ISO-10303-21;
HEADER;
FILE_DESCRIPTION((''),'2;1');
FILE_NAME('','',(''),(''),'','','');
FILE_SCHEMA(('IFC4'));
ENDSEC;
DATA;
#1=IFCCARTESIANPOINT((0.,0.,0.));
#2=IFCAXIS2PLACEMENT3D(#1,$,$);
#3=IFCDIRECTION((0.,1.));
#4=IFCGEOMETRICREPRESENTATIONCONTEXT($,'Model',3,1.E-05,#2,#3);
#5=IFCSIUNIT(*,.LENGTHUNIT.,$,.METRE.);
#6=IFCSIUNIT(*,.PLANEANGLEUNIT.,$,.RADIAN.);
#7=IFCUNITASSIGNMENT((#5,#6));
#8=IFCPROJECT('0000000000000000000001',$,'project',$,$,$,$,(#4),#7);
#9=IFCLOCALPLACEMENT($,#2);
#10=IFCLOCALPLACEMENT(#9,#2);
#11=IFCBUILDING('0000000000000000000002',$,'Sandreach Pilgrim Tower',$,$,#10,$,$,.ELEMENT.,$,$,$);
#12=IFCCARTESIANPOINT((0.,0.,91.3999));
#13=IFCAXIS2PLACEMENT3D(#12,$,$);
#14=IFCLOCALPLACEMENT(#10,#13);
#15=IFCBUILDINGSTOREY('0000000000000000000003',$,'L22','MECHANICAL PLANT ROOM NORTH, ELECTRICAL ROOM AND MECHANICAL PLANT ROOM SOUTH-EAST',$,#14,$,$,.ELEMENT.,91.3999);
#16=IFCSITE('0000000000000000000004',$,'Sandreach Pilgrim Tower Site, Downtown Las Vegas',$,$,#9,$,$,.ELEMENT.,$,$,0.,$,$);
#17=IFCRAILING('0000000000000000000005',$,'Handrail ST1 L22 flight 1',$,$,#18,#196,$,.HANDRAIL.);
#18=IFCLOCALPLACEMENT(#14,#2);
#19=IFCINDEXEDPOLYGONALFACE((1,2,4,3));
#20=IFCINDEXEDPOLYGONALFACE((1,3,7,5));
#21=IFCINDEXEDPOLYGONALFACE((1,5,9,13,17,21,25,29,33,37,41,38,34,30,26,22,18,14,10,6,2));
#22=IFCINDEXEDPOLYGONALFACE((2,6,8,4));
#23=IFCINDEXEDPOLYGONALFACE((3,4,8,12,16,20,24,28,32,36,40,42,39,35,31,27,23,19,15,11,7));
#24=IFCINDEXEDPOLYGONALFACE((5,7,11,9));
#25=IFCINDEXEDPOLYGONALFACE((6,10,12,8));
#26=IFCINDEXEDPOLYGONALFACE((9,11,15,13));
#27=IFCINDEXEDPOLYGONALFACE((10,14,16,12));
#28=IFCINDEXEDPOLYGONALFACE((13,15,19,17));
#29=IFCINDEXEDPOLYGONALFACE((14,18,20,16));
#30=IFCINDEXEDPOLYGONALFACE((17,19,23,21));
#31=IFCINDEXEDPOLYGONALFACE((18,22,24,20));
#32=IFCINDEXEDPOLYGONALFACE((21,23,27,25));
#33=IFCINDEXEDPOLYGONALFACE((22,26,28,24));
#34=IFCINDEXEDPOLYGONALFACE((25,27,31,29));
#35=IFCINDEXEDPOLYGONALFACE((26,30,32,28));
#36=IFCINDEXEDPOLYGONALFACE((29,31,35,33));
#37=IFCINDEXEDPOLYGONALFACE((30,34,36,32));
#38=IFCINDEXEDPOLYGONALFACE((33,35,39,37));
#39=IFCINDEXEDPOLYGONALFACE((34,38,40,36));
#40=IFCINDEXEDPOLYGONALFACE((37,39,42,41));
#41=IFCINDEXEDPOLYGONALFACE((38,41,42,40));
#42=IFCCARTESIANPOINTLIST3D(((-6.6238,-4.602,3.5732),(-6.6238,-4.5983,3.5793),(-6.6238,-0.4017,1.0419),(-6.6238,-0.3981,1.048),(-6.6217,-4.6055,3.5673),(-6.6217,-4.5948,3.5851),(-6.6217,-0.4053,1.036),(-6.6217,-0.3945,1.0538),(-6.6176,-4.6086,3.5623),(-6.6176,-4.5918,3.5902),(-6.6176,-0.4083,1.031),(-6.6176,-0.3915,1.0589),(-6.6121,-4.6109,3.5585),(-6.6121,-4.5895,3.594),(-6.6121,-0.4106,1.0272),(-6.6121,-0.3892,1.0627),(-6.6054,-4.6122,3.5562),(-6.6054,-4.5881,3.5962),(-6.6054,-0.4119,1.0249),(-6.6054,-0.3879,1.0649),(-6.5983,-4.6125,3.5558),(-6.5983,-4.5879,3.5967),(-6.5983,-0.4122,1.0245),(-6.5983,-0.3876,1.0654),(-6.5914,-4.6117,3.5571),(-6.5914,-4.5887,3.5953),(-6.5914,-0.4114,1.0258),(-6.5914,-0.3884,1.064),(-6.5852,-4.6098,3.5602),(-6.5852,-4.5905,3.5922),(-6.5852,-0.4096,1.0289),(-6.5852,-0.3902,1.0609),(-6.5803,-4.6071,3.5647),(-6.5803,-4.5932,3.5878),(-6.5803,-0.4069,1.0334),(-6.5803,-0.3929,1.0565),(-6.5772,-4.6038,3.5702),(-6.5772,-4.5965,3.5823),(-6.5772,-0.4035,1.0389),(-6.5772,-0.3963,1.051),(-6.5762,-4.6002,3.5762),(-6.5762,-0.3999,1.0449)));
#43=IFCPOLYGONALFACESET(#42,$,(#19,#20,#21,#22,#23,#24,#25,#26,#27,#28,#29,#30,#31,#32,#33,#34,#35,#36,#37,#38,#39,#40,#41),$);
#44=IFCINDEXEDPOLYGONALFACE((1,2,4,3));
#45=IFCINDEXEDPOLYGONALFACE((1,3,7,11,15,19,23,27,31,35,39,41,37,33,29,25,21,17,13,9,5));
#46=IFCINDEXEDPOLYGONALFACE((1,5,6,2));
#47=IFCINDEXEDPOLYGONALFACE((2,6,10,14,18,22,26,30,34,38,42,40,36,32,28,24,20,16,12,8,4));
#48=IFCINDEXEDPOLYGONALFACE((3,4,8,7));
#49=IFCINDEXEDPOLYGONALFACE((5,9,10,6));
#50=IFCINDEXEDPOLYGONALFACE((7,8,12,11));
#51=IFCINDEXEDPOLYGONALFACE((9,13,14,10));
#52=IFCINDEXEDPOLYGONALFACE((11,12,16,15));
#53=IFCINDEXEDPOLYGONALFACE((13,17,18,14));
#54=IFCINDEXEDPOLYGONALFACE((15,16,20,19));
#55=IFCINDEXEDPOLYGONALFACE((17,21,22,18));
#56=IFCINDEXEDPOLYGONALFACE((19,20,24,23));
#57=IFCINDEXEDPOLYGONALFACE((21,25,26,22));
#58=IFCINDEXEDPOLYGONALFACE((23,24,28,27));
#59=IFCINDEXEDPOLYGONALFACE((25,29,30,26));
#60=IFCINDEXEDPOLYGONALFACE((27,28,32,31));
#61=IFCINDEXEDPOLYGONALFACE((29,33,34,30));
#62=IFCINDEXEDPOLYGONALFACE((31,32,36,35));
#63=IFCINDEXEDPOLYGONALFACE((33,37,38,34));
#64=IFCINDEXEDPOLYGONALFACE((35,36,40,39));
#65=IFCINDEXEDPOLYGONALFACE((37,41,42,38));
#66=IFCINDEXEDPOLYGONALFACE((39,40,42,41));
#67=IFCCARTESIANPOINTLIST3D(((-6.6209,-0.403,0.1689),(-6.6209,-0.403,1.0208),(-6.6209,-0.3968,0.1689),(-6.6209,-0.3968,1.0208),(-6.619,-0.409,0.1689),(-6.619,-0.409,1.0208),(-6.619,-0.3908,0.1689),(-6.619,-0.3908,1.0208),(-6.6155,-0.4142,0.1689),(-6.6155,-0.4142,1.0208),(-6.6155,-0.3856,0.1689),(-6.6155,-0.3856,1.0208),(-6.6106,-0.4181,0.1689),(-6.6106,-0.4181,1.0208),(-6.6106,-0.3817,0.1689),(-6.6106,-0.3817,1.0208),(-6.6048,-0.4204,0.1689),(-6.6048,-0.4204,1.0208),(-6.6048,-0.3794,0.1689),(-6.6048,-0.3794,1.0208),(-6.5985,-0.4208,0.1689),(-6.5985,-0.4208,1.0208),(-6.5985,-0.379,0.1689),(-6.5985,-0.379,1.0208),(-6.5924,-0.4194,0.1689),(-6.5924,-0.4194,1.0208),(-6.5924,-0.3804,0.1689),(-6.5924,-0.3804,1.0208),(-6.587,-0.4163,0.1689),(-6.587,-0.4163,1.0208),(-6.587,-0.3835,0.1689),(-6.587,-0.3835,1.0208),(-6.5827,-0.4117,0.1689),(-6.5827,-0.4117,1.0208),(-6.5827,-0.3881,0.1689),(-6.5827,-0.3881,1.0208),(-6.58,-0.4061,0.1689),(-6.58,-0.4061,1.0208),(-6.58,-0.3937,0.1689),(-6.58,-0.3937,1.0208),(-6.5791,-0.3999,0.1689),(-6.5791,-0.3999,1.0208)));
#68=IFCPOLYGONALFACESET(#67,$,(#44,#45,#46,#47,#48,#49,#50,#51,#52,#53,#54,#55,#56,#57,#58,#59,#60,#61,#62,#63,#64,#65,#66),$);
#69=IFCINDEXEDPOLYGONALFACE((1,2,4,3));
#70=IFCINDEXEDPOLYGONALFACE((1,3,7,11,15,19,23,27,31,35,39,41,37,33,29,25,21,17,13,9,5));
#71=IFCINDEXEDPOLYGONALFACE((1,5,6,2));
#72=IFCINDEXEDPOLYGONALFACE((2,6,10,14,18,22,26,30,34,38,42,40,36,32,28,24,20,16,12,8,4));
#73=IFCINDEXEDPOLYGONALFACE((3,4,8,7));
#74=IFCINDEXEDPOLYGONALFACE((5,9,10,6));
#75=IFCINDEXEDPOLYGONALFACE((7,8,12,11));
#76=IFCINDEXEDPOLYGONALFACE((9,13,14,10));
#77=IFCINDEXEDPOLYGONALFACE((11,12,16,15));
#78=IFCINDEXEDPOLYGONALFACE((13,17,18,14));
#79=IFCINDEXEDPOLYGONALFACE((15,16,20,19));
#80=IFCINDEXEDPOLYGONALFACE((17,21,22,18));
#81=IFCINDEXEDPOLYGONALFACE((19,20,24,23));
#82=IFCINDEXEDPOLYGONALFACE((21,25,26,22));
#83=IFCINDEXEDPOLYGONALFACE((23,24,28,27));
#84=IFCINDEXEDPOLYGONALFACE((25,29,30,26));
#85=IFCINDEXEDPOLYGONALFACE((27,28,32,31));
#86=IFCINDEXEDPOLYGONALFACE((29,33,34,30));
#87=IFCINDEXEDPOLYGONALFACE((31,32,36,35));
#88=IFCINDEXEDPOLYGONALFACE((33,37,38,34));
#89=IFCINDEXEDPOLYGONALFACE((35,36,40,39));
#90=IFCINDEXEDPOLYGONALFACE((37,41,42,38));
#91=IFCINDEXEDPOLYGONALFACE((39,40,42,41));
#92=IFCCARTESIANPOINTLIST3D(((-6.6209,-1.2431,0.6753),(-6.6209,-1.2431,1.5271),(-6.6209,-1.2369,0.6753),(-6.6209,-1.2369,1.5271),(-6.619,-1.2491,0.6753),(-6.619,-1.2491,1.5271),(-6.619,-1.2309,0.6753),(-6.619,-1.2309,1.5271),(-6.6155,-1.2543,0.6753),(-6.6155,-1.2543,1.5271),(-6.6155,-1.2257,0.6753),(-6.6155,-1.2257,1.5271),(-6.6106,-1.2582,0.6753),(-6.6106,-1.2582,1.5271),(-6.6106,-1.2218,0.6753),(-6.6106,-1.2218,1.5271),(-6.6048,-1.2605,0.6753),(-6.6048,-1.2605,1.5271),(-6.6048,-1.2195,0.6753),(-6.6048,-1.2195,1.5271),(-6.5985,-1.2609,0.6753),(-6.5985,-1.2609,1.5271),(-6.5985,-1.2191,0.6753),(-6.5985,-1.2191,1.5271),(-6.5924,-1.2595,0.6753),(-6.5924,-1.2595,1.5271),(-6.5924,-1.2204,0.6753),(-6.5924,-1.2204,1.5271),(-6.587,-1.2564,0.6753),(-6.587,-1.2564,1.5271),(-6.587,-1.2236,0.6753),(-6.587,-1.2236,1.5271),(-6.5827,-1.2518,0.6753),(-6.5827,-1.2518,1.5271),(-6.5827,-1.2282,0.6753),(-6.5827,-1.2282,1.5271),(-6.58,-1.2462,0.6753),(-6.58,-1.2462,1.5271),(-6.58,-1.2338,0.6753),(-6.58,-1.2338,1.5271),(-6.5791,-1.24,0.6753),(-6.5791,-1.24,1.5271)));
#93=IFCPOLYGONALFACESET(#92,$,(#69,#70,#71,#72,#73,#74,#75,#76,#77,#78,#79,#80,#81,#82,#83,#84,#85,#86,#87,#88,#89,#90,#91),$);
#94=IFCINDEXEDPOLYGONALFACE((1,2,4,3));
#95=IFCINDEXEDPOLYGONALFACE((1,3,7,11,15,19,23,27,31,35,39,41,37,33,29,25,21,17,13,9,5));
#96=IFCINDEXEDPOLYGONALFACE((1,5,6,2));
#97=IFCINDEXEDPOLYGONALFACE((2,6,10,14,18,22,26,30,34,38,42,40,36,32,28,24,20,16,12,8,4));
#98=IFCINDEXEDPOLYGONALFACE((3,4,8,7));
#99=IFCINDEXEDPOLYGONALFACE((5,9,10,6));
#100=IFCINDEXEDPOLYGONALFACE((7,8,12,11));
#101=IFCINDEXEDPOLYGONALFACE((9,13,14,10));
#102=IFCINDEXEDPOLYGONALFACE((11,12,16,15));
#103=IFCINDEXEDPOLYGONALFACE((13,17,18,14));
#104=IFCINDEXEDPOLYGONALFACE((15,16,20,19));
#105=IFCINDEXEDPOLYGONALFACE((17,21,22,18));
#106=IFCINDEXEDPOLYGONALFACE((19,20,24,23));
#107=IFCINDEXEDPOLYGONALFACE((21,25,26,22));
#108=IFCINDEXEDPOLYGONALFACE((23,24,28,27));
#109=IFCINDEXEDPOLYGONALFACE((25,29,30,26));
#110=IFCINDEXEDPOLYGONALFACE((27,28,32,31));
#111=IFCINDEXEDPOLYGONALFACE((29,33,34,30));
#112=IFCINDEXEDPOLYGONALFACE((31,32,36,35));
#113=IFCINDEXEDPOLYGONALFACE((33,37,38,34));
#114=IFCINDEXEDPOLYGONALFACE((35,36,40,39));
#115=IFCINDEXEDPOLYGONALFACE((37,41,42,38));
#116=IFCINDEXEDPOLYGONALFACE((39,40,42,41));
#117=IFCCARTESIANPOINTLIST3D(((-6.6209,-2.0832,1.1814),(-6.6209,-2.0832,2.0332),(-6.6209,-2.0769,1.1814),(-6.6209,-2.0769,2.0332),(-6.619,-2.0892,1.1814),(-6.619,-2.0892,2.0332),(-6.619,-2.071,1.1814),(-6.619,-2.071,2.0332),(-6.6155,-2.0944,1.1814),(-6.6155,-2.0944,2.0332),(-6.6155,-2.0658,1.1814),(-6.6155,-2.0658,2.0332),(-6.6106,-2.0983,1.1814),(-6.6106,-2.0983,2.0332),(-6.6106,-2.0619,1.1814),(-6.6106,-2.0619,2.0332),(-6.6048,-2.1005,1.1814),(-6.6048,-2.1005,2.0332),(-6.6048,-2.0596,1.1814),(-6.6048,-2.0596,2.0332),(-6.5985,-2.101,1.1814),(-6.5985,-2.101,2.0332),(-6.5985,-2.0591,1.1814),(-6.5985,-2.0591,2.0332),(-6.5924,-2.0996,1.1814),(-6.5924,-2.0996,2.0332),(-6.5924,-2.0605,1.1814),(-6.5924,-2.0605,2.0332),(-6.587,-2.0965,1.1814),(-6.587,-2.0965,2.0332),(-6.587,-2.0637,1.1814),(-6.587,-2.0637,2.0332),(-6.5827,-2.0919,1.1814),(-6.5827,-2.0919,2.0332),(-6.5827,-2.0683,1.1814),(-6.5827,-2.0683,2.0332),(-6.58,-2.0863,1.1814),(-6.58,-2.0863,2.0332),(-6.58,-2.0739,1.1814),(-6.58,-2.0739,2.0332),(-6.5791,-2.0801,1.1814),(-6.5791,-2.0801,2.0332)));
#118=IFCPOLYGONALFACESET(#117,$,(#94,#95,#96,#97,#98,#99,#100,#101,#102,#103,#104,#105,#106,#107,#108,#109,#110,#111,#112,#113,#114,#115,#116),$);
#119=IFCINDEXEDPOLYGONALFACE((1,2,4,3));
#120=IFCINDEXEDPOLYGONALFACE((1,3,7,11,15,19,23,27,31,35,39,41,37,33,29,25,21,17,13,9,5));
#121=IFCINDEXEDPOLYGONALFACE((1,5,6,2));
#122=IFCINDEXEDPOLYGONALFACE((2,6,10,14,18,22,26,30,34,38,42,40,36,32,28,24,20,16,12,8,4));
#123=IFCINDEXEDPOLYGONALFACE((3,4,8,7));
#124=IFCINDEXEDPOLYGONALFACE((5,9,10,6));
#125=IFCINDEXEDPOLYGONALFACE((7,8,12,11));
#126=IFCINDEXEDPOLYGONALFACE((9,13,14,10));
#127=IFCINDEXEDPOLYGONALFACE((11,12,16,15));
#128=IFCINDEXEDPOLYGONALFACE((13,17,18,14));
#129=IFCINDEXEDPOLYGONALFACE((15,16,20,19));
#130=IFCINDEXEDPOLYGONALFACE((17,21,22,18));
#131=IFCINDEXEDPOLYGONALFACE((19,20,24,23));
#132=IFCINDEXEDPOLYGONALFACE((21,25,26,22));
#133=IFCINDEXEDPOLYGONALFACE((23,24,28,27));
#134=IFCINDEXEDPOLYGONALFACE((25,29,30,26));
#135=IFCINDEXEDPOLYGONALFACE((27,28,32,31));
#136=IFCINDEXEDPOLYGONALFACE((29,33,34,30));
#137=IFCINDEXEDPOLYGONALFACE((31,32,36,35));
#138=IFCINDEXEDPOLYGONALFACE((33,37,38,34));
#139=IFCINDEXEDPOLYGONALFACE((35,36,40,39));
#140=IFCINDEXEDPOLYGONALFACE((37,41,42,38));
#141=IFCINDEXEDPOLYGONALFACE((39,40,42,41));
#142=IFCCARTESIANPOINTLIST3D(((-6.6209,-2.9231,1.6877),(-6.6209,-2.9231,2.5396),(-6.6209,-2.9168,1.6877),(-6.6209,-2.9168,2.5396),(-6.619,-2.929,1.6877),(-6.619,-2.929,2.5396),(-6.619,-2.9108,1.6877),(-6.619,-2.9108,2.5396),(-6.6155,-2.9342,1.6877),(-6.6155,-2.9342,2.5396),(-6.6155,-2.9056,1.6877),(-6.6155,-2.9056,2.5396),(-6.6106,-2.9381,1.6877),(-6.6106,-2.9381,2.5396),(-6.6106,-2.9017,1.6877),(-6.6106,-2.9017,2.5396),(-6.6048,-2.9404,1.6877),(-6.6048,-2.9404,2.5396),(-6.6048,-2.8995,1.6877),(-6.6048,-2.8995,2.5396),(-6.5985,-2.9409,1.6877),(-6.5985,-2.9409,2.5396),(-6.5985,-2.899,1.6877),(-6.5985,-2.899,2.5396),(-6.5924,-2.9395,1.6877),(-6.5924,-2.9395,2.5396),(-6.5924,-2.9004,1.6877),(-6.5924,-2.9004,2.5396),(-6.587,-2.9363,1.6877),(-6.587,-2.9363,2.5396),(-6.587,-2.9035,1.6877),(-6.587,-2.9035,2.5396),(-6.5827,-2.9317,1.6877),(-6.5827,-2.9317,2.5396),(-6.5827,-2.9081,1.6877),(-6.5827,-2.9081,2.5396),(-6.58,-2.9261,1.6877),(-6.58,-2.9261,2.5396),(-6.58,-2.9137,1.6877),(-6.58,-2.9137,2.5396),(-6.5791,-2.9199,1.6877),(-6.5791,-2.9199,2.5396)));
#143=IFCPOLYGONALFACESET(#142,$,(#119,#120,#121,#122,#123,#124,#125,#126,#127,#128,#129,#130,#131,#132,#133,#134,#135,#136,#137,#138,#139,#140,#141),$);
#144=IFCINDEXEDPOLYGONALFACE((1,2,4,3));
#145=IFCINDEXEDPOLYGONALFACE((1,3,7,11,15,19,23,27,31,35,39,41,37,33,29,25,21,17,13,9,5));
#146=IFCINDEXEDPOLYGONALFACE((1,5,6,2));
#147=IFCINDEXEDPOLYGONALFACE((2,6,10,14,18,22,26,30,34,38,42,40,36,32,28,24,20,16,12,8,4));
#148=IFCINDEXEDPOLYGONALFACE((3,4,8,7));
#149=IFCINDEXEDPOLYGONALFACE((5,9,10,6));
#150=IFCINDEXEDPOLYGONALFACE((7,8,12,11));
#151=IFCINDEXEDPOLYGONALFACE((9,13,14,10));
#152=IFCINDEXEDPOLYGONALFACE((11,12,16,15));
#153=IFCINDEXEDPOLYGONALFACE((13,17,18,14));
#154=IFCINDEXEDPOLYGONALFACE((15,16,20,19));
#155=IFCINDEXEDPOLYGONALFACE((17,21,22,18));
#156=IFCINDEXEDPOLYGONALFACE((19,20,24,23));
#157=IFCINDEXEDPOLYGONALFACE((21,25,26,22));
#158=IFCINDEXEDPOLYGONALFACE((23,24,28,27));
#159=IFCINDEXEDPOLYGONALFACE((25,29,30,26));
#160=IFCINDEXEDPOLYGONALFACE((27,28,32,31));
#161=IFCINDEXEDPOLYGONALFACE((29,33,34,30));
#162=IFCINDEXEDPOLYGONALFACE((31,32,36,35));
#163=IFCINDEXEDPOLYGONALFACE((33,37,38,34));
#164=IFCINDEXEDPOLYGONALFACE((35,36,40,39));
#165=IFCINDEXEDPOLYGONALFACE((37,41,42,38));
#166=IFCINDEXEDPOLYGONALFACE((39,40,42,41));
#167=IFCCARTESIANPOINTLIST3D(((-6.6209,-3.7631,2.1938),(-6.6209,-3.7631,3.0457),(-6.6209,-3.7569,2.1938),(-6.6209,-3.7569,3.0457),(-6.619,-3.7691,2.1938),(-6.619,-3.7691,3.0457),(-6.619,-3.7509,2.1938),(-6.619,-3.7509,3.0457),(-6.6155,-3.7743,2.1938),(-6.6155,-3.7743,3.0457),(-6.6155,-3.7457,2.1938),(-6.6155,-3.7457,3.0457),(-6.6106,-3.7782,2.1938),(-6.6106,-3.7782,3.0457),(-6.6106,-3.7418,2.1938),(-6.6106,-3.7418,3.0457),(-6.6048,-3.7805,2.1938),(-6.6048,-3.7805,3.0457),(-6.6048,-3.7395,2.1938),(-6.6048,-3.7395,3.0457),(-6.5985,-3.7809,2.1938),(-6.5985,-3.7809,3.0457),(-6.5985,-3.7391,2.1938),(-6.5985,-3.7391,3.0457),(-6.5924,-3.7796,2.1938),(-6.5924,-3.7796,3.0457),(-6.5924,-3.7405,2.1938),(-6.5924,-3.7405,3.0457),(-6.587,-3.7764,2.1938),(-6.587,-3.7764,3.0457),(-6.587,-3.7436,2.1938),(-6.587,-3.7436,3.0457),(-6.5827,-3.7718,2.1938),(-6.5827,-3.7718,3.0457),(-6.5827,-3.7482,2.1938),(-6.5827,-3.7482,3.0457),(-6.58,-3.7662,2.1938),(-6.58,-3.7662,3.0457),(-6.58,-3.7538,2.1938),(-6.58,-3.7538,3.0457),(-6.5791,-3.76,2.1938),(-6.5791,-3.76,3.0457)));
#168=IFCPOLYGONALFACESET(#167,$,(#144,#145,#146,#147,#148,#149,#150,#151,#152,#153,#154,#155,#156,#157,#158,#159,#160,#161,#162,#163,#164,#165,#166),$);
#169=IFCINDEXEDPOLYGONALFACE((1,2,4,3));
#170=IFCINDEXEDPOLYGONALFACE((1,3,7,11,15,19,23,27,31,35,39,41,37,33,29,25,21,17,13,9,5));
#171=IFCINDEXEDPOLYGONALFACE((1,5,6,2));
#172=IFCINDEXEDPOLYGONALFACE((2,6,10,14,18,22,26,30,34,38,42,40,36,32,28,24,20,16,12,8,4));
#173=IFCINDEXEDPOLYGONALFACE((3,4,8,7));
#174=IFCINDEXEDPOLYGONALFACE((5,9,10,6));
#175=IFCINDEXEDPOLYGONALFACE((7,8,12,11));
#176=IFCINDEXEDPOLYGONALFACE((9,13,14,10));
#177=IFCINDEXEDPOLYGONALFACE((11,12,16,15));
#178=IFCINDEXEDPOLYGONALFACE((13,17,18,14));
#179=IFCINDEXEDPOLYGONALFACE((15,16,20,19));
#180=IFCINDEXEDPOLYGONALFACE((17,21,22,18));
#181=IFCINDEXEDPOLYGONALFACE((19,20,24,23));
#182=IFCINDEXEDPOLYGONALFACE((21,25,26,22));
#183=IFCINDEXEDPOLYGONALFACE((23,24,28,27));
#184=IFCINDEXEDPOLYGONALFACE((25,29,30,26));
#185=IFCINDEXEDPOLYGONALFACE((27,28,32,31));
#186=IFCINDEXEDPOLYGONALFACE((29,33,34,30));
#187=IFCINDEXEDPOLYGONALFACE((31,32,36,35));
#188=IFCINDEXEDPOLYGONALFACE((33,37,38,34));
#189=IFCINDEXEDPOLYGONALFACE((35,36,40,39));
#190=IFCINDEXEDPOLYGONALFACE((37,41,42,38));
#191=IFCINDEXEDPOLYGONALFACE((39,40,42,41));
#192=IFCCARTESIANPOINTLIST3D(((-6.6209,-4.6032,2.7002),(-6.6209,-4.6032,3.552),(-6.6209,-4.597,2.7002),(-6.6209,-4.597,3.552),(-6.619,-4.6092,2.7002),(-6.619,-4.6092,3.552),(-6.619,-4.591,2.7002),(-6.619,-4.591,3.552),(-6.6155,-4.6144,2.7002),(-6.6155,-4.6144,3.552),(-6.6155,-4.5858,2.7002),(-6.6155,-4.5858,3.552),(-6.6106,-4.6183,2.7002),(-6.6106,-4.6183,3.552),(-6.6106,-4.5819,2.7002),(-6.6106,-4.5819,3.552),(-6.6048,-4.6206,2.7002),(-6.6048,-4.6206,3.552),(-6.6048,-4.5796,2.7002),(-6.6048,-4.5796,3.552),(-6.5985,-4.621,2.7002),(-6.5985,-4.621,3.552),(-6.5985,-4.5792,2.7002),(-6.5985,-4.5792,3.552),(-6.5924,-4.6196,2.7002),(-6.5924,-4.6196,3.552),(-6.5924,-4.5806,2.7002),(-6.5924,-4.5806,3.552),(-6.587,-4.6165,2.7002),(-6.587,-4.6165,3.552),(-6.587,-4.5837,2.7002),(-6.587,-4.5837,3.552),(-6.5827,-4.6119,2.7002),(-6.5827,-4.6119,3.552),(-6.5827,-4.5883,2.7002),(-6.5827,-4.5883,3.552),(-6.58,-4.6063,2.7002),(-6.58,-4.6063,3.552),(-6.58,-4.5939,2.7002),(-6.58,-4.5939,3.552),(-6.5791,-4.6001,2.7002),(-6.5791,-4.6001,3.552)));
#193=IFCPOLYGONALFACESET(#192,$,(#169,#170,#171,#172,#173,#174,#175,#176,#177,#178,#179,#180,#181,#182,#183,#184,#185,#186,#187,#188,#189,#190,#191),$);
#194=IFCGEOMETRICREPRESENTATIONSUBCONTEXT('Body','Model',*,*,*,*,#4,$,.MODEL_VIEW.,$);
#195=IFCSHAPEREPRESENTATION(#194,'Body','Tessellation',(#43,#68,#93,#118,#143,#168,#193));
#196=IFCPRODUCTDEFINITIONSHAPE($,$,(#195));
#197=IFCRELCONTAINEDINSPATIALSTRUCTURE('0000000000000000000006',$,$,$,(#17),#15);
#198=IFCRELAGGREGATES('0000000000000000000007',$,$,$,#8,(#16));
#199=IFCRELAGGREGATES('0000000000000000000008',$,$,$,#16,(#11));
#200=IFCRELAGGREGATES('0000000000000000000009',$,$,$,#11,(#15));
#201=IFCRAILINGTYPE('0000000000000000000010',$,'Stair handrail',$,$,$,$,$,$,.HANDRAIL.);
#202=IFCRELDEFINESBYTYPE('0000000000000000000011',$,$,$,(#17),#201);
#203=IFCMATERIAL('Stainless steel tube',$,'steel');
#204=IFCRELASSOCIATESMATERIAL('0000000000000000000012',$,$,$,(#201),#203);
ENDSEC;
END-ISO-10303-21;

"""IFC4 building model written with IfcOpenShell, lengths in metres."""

from ifc_helpers import new_model, si_unit, direction, frame, origin, origin_2d, place, context, subcontext, project, spatial, circle, extrude, material, type_object, element, save


model = new_model("IFC4")

# Units and contexts
model_context = context("Model", 3, precision=1e-05, world=origin(), true_north=direction((0.0, 1.0)))
body_context = subcontext(model_context, "Body", "Model", "MODEL_VIEW")
ifc_project = project(units=[si_unit("LENGTHUNIT", "METRE"), si_unit("PLANEANGLEUNIT", "RADIAN")], contexts=[model_context])

# Site, building, storey
site_placement = place(None, origin())
site = spatial("IfcSite", under=ifc_project, at=site_placement, Name="Sandreach Pilgrim Tower Site, Downtown Las Vegas", CompositionType="ELEMENT", RefElevation=0.0)
building_placement = place(site_placement, origin())
building = spatial("IfcBuilding", under=site, at=building_placement, Name="Sandreach Pilgrim Tower", CompositionType="ELEMENT")
storey_placement = place(building_placement, frame((0.0, 0.0, 91.3999)))
storey = spatial("IfcBuildingStorey", under=building, at=storey_placement, Name="L22", Description="MECHANICAL PLANT ROOM NORTH, ELECTRICAL ROOM AND MECHANICAL PLANT ROOM SOUTH-EAST", CompositionType="ELEMENT", Elevation=91.3999)

# Railing
ifc_material_1 = material(Name="Stainless steel tube", Category="steel")
railing_type = type_object("IfcRailingType", Name="Stair handrail", PredefinedType="HANDRAIL", material=ifc_material_1)
for number, where, name in (
    (1, (-6.6001, -0.3999, 0.1689), "Handrail ST1 L22 flight 1"),
):
    element("IfcRailing", number, at=place(storey_placement, frame(where)), inside=storey, type_object=railing_type, Name=name, PredefinedType="HANDRAIL", context=body_context, shape_type="SweptSolid", body=[
        extrude(circle(Radius=0.0239, at=origin_2d()), frame((0.0, 0.0, 0.876), z_axis=(0.0, -0.85649, 0.516164), x_axis=(1.0, 0.0, 0.0)), (0.0, 0.0, 1.0), 4.9041),
        extrude(circle(Radius=0.021, at=origin_2d()), origin(), (0.0, 0.0, 1.0), 0.8518),
        extrude(circle(Radius=0.021, at=origin_2d()), frame((0.0, -0.8401, 0.5063)), (0.0, 0.0, 1.0), 0.8518),
        extrude(circle(Radius=0.021, at=origin_2d()), frame((0.0, -1.6802, 1.0125)), (0.0, 0.0, 1.0), 0.8518),
        extrude(circle(Radius=0.021, at=origin_2d()), frame((0.0, -2.52, 1.5188)), (0.0, 0.0, 1.0), 0.8518),
        extrude(circle(Radius=0.021, at=origin_2d()), frame((0.0, -3.3601, 2.0249)), (0.0, 0.0, 1.0), 0.8518),
        extrude(circle(Radius=0.021, at=origin_2d()), frame((0.0, -4.2002, 2.5312)), (0.0, 0.0, 1.0), 0.8518),
    ])

save(model, "model.ifc")
